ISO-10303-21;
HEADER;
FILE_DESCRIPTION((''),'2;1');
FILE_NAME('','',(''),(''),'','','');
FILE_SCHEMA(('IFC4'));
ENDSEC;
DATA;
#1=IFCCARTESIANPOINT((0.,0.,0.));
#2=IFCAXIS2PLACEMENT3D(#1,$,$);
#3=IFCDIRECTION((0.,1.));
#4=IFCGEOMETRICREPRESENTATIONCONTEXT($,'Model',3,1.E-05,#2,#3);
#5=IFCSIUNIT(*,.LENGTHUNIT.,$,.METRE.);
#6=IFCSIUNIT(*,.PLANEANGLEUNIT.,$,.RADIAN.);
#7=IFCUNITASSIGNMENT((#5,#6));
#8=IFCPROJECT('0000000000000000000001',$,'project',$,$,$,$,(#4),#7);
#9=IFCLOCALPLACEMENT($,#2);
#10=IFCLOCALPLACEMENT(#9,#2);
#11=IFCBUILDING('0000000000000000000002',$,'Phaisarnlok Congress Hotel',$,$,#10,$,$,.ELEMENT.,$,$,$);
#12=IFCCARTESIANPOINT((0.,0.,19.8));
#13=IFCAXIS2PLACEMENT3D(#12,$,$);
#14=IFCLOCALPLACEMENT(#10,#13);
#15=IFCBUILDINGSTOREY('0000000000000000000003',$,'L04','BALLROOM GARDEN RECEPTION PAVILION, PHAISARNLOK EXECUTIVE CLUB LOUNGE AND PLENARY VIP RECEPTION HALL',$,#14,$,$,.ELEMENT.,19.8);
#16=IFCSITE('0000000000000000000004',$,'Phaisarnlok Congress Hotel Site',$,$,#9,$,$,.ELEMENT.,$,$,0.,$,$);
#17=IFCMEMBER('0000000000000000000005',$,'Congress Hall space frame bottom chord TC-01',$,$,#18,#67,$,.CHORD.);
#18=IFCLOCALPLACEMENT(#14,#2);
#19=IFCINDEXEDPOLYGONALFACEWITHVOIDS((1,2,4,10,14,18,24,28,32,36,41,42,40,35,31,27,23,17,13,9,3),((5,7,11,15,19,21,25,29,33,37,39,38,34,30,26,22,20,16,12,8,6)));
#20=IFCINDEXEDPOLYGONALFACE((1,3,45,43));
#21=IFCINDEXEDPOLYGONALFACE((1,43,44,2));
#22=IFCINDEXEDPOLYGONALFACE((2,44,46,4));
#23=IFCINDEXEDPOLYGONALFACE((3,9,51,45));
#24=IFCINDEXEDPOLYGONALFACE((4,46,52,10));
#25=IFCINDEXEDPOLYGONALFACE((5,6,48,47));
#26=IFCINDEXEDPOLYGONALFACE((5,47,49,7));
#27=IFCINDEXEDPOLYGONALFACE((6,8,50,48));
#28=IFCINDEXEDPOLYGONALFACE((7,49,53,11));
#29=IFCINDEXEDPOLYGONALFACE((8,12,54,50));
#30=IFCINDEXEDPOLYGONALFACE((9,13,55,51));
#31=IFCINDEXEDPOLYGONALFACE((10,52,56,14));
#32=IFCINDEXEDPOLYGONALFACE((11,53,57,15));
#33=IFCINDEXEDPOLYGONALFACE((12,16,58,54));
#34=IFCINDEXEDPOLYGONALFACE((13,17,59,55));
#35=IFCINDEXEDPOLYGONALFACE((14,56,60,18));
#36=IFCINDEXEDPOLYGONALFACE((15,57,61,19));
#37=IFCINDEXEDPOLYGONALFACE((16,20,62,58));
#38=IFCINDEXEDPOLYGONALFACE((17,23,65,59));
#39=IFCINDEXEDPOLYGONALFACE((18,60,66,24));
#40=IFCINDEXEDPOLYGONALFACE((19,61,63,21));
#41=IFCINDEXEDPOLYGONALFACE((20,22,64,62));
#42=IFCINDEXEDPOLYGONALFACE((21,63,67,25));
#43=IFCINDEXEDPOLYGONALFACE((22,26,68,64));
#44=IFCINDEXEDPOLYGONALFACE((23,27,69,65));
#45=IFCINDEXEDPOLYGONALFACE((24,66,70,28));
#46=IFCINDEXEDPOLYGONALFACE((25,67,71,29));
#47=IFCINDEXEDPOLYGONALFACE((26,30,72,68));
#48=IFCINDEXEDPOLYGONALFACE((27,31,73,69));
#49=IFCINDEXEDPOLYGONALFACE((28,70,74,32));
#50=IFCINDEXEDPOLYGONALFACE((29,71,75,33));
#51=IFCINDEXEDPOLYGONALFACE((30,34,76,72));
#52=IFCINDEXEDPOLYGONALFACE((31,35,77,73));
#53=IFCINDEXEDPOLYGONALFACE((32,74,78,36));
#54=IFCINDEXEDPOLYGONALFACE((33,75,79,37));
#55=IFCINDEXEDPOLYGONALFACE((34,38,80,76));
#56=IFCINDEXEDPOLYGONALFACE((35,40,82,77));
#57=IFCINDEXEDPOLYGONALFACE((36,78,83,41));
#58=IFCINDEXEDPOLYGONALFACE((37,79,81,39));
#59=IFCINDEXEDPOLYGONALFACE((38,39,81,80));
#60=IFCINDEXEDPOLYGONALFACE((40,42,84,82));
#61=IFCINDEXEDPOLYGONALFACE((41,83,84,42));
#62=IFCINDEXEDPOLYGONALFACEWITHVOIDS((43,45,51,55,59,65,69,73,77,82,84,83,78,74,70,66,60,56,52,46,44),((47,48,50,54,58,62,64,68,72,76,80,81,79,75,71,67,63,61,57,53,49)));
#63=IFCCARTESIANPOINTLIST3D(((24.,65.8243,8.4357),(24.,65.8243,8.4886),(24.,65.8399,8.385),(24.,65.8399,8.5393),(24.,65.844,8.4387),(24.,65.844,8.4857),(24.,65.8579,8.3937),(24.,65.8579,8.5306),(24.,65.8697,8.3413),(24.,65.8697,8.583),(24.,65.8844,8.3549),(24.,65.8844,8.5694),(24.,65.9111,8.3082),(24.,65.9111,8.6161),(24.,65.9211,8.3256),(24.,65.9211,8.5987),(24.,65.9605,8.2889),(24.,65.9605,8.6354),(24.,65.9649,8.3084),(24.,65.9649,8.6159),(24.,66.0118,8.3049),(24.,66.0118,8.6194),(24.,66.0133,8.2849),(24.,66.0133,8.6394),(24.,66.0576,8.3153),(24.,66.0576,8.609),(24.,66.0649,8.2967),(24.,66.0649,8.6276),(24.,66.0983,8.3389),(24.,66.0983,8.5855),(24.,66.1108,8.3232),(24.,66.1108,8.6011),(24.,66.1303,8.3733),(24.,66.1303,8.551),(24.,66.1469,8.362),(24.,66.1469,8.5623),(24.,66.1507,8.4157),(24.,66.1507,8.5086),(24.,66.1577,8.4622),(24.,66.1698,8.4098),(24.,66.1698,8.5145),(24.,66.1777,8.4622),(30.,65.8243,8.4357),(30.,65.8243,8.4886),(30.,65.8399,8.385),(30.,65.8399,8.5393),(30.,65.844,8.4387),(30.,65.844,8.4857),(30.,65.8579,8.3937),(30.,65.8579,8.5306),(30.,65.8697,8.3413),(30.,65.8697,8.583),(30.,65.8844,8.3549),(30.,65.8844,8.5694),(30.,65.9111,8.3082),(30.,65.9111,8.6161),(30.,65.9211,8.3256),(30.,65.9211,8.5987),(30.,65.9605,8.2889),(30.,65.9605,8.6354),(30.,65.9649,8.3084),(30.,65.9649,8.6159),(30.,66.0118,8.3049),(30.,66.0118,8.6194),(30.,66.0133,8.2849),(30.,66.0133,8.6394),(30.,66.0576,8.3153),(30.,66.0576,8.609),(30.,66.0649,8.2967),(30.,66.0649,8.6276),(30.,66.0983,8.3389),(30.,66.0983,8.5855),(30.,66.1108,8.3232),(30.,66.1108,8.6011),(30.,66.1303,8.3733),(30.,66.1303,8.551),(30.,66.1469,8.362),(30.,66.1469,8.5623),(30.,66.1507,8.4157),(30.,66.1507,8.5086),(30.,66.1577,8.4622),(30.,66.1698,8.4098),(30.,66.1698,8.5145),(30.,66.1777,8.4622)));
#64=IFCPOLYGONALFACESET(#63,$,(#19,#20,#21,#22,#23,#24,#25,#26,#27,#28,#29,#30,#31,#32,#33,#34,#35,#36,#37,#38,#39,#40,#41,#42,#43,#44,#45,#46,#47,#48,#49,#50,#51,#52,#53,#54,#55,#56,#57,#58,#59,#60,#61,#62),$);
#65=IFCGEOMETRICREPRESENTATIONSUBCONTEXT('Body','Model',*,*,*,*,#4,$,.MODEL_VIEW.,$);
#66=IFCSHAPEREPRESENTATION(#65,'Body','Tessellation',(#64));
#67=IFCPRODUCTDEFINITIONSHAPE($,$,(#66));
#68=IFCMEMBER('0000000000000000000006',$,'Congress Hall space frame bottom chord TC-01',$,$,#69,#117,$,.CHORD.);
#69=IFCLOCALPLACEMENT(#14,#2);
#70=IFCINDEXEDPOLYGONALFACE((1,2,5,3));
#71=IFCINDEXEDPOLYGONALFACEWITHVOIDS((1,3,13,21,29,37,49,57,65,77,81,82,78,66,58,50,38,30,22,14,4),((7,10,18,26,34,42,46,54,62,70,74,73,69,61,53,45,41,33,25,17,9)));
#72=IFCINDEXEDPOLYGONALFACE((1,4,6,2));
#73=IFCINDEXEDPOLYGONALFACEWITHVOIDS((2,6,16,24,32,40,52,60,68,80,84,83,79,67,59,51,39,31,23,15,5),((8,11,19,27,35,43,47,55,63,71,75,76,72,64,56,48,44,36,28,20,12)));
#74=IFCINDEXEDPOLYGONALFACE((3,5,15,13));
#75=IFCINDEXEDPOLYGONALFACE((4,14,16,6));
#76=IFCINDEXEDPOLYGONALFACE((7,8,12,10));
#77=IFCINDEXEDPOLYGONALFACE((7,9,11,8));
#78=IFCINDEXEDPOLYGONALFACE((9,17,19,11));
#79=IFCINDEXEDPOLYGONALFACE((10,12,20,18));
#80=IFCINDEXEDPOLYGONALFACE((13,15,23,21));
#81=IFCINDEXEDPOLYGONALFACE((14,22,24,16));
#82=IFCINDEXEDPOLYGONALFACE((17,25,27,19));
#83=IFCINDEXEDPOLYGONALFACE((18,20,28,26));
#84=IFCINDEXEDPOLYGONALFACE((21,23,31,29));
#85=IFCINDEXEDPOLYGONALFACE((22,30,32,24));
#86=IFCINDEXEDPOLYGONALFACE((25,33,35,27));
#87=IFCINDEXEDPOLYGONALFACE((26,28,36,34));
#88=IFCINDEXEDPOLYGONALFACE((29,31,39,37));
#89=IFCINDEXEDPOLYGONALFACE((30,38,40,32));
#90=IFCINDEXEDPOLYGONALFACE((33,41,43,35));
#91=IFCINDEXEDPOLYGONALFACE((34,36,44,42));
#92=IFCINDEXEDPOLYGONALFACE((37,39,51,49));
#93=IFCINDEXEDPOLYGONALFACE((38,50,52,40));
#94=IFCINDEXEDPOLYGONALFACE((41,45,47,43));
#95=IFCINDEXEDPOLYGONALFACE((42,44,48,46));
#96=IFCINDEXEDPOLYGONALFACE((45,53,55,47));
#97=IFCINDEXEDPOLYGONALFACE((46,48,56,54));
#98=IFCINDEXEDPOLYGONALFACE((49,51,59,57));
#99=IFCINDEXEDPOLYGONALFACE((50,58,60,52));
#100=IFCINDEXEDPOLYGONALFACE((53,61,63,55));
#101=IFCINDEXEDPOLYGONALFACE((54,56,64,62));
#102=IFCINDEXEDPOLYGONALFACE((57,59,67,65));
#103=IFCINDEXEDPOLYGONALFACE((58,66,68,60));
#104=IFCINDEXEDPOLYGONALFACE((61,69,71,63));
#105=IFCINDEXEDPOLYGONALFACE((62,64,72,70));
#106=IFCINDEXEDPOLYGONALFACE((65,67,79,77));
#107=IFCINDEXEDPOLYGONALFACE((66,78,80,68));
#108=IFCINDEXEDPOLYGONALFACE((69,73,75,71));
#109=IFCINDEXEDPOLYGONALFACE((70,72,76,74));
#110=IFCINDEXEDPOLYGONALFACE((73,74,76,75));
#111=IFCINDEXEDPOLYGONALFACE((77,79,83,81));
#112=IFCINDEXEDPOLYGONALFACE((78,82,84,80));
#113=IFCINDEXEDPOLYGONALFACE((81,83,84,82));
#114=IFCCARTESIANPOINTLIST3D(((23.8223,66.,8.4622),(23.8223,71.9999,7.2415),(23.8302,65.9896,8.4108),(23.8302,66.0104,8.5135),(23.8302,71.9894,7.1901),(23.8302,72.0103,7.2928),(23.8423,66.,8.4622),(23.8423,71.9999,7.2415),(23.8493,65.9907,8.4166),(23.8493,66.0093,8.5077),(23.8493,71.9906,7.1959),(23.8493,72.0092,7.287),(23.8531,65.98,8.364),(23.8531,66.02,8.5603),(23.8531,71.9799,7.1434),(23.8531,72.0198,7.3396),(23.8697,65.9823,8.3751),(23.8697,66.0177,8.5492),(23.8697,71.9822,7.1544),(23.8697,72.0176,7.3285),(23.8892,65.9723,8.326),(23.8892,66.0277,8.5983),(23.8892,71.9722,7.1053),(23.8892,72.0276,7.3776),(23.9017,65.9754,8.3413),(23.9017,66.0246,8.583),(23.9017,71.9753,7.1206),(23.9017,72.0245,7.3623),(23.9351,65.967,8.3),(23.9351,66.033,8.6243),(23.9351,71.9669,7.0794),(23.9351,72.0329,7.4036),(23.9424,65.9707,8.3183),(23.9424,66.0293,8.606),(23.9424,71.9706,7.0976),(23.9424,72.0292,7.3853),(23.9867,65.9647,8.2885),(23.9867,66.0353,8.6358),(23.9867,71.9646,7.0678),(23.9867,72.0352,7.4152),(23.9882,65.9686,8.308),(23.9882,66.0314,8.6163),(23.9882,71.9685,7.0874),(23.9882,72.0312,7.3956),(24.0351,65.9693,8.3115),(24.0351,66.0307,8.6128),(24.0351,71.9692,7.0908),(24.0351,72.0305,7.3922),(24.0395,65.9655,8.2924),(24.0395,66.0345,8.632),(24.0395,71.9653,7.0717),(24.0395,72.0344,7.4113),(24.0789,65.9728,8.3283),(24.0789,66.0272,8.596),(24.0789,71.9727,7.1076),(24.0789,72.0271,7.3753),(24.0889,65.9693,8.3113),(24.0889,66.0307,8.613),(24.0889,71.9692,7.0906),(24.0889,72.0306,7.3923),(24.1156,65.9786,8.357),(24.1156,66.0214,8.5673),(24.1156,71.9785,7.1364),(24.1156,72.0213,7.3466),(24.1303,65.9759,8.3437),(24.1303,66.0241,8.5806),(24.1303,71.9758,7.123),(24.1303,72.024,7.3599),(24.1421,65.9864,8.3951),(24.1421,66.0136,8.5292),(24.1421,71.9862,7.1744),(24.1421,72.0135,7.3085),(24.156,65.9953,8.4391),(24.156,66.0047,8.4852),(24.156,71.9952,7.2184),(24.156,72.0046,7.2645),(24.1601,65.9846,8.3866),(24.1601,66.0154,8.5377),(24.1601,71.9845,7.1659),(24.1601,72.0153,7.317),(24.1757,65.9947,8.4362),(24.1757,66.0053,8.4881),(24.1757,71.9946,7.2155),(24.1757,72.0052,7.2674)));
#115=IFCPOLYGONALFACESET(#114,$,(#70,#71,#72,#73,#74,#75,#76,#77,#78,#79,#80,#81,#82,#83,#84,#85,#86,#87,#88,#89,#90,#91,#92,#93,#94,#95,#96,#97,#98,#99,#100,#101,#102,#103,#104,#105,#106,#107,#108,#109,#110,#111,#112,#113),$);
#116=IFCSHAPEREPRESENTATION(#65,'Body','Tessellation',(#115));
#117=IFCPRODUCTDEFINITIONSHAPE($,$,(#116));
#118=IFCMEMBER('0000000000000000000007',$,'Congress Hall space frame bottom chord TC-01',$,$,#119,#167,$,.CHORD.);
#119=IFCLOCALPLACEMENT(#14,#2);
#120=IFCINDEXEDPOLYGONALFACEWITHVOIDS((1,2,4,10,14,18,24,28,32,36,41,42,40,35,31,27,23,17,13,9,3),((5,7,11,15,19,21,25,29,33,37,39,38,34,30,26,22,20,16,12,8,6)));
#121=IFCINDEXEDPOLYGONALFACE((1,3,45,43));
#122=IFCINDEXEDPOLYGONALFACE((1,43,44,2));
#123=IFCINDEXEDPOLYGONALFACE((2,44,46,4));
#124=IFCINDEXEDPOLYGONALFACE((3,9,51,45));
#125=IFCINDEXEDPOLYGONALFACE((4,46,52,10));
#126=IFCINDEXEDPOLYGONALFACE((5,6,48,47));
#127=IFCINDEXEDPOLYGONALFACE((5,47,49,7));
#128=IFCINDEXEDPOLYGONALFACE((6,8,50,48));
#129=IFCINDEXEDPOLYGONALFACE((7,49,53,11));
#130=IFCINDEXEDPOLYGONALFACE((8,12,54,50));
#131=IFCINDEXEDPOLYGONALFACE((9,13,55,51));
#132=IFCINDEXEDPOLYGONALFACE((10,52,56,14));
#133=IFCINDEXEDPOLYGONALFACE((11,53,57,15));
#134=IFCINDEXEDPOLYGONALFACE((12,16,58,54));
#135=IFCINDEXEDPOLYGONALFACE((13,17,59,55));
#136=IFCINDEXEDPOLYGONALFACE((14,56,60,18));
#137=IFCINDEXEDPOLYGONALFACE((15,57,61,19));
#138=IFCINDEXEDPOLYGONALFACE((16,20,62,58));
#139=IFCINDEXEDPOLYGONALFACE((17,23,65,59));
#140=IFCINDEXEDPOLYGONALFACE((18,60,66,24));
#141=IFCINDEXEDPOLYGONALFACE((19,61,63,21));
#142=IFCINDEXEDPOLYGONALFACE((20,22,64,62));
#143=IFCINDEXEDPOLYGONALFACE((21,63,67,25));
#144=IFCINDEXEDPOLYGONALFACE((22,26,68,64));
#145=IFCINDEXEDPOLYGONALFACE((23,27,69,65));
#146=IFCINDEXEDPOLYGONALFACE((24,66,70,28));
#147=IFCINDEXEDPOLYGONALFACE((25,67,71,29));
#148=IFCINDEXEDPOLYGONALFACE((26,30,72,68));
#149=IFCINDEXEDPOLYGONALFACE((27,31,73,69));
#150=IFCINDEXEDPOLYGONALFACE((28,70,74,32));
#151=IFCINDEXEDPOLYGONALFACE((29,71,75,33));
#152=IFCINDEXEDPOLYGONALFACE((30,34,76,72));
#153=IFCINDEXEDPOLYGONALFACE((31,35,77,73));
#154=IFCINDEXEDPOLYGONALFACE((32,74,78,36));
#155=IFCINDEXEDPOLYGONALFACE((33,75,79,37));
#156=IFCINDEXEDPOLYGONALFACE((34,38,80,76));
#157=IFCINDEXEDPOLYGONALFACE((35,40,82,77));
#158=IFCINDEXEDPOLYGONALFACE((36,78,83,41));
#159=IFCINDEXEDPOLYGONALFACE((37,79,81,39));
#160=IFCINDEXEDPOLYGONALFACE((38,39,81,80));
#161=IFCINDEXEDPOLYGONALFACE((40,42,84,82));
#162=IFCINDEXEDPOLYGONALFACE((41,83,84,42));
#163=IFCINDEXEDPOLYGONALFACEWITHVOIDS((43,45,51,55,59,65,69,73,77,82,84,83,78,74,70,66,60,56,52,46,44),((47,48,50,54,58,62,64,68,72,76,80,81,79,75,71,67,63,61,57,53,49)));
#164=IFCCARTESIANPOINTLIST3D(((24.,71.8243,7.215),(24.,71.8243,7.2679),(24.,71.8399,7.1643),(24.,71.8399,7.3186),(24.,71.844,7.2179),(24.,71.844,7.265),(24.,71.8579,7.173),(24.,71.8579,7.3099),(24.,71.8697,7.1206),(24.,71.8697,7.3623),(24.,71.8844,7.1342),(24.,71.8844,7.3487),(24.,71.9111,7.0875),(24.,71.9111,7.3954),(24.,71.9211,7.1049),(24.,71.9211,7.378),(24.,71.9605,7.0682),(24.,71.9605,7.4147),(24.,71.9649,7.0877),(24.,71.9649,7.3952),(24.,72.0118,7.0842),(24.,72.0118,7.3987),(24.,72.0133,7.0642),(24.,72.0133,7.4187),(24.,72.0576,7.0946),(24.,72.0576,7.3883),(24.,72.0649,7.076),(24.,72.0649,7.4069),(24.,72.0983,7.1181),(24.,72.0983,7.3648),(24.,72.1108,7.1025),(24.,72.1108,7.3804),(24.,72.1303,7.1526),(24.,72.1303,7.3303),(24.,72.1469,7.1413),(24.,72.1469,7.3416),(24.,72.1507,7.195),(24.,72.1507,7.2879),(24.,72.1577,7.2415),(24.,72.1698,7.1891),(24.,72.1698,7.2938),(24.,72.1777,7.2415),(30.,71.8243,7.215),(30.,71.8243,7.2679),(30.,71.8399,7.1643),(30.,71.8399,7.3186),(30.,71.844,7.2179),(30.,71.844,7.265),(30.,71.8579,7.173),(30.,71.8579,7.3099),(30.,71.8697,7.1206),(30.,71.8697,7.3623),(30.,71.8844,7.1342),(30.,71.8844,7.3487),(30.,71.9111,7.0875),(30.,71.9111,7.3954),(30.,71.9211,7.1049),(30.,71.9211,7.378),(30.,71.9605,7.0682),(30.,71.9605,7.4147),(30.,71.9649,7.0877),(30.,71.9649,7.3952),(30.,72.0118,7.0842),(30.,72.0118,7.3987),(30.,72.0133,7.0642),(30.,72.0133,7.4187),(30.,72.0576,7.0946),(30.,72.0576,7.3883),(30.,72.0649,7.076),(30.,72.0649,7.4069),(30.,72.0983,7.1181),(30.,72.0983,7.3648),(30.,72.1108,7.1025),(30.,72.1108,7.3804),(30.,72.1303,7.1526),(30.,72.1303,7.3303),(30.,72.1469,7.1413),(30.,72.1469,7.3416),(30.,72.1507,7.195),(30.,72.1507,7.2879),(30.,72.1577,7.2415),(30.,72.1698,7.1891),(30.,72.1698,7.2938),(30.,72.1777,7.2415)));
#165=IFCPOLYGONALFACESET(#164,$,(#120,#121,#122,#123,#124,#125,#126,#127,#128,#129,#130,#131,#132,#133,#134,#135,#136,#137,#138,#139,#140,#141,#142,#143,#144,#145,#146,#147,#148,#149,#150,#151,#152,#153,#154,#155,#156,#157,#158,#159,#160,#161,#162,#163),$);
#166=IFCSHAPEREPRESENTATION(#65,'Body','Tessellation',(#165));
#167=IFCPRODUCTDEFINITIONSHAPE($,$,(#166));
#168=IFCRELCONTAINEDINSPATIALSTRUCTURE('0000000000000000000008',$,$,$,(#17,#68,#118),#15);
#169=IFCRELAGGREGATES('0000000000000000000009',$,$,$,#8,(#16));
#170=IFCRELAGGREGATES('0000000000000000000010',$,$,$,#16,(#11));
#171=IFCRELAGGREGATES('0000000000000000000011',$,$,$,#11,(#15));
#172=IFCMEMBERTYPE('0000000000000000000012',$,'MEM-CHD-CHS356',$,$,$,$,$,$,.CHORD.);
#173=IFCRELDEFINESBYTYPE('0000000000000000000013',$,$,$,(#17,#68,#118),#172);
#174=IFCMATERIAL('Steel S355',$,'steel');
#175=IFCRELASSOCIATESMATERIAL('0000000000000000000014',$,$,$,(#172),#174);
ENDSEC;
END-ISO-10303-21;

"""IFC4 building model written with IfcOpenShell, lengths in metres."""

from ifc_helpers import new_model, si_unit, direction, frame, origin, origin_2d, place, context, subcontext, project, spatial, hollow_circle, extrude, material, material_profile, profile_set, type_object, element, save


model = new_model("IFC4")

# Units and contexts
model_context = context("Model", 3, precision=1e-05, world=origin(), true_north=direction((0.0, 1.0)))
body_context = subcontext(model_context, "Body", "Model", "MODEL_VIEW")
ifc_project = project(units=[si_unit("LENGTHUNIT", "METRE"), si_unit("PLANEANGLEUNIT", "RADIAN")], contexts=[model_context])

# Site, building, storey
site_placement = place(None, origin())
site = spatial("IfcSite", under=ifc_project, at=site_placement, Name="Phaisarnlok Congress Hotel Site", CompositionType="ELEMENT", RefElevation=0.0)
building_placement = place(site_placement, origin())
building = spatial("IfcBuilding", under=site, at=building_placement, Name="Phaisarnlok Congress Hotel", CompositionType="ELEMENT")
storey_placement = place(building_placement, frame((0.0, 0.0, 19.8)))
storey = spatial("IfcBuildingStorey", under=building, at=storey_placement, Name="L04", Description="BALLROOM GARDEN RECEPTION PAVILION, PHAISARNLOK EXECUTIVE CLUB LOUNGE AND PLENARY VIP RECEPTION HALL", CompositionType="ELEMENT", Elevation=19.8)

# Members
ifc_material = material(Name="Steel S355", Category="steel")
ifc_material_profile_1 = material_profile(ifc_material, hollow_circle(Radius=0.1777, WallThickness=0.02, at=origin_2d()), Name="CHS 355.6x20")
ifc_profile_set_1 = profile_set([ifc_material_profile_1], Name="Steel S355")
member_type_1 = type_object("IfcMemberType", Name="MEM-CHD-CHS356", PredefinedType="CHORD", material=ifc_profile_set_1)
member_1_placement = place(storey_placement, frame((24.0, 66.0, 8.4622), z_axis=(1.0, 0.0, 0.0), x_axis=(0.0, 1.0, 0.0)))
element("IfcMember", 1, at=member_1_placement, inside=storey, type_object=member_type_1, Name="Congress Hall space frame bottom chord TC-01", PredefinedType="CHORD", context=body_context, shape_type="SweptSolid", body=[
    extrude(hollow_circle(Radius=0.1777, WallThickness=0.02, at=origin_2d()), origin(), (0.0, 0.0, 1.0), 6.0),
])
member_2_placement = place(storey_placement, frame((24.0, 66.0, 8.4622), z_axis=(0.0, 0.979925, -0.199366), x_axis=(-1.0, 0.0, 0.0)))
element("IfcMember", 2, at=member_2_placement, inside=storey, type_object=member_type_1, Name="Congress Hall space frame bottom chord TC-01", PredefinedType="CHORD", context=body_context, shape_type="SweptSolid", body=[
    extrude(hollow_circle(Radius=0.1777, WallThickness=0.02, at=origin_2d()), origin(), (0.0, 0.0, 1.0), 6.1228),
])
member_3_placement = place(storey_placement, frame((24.0, 72.0, 7.2415), z_axis=(1.0, 0.0, 0.0), x_axis=(0.0, 1.0, 0.0)))
element("IfcMember", 3, at=member_3_placement, inside=storey, type_object=member_type_1, Name="Congress Hall space frame bottom chord TC-01", PredefinedType="CHORD", context=body_context, shape_type="SweptSolid", body=[
    extrude(hollow_circle(Radius=0.1777, WallThickness=0.02, at=origin_2d()), origin(), (0.0, 0.0, 1.0), 6.0),
])

save(model, "model.ifc")
